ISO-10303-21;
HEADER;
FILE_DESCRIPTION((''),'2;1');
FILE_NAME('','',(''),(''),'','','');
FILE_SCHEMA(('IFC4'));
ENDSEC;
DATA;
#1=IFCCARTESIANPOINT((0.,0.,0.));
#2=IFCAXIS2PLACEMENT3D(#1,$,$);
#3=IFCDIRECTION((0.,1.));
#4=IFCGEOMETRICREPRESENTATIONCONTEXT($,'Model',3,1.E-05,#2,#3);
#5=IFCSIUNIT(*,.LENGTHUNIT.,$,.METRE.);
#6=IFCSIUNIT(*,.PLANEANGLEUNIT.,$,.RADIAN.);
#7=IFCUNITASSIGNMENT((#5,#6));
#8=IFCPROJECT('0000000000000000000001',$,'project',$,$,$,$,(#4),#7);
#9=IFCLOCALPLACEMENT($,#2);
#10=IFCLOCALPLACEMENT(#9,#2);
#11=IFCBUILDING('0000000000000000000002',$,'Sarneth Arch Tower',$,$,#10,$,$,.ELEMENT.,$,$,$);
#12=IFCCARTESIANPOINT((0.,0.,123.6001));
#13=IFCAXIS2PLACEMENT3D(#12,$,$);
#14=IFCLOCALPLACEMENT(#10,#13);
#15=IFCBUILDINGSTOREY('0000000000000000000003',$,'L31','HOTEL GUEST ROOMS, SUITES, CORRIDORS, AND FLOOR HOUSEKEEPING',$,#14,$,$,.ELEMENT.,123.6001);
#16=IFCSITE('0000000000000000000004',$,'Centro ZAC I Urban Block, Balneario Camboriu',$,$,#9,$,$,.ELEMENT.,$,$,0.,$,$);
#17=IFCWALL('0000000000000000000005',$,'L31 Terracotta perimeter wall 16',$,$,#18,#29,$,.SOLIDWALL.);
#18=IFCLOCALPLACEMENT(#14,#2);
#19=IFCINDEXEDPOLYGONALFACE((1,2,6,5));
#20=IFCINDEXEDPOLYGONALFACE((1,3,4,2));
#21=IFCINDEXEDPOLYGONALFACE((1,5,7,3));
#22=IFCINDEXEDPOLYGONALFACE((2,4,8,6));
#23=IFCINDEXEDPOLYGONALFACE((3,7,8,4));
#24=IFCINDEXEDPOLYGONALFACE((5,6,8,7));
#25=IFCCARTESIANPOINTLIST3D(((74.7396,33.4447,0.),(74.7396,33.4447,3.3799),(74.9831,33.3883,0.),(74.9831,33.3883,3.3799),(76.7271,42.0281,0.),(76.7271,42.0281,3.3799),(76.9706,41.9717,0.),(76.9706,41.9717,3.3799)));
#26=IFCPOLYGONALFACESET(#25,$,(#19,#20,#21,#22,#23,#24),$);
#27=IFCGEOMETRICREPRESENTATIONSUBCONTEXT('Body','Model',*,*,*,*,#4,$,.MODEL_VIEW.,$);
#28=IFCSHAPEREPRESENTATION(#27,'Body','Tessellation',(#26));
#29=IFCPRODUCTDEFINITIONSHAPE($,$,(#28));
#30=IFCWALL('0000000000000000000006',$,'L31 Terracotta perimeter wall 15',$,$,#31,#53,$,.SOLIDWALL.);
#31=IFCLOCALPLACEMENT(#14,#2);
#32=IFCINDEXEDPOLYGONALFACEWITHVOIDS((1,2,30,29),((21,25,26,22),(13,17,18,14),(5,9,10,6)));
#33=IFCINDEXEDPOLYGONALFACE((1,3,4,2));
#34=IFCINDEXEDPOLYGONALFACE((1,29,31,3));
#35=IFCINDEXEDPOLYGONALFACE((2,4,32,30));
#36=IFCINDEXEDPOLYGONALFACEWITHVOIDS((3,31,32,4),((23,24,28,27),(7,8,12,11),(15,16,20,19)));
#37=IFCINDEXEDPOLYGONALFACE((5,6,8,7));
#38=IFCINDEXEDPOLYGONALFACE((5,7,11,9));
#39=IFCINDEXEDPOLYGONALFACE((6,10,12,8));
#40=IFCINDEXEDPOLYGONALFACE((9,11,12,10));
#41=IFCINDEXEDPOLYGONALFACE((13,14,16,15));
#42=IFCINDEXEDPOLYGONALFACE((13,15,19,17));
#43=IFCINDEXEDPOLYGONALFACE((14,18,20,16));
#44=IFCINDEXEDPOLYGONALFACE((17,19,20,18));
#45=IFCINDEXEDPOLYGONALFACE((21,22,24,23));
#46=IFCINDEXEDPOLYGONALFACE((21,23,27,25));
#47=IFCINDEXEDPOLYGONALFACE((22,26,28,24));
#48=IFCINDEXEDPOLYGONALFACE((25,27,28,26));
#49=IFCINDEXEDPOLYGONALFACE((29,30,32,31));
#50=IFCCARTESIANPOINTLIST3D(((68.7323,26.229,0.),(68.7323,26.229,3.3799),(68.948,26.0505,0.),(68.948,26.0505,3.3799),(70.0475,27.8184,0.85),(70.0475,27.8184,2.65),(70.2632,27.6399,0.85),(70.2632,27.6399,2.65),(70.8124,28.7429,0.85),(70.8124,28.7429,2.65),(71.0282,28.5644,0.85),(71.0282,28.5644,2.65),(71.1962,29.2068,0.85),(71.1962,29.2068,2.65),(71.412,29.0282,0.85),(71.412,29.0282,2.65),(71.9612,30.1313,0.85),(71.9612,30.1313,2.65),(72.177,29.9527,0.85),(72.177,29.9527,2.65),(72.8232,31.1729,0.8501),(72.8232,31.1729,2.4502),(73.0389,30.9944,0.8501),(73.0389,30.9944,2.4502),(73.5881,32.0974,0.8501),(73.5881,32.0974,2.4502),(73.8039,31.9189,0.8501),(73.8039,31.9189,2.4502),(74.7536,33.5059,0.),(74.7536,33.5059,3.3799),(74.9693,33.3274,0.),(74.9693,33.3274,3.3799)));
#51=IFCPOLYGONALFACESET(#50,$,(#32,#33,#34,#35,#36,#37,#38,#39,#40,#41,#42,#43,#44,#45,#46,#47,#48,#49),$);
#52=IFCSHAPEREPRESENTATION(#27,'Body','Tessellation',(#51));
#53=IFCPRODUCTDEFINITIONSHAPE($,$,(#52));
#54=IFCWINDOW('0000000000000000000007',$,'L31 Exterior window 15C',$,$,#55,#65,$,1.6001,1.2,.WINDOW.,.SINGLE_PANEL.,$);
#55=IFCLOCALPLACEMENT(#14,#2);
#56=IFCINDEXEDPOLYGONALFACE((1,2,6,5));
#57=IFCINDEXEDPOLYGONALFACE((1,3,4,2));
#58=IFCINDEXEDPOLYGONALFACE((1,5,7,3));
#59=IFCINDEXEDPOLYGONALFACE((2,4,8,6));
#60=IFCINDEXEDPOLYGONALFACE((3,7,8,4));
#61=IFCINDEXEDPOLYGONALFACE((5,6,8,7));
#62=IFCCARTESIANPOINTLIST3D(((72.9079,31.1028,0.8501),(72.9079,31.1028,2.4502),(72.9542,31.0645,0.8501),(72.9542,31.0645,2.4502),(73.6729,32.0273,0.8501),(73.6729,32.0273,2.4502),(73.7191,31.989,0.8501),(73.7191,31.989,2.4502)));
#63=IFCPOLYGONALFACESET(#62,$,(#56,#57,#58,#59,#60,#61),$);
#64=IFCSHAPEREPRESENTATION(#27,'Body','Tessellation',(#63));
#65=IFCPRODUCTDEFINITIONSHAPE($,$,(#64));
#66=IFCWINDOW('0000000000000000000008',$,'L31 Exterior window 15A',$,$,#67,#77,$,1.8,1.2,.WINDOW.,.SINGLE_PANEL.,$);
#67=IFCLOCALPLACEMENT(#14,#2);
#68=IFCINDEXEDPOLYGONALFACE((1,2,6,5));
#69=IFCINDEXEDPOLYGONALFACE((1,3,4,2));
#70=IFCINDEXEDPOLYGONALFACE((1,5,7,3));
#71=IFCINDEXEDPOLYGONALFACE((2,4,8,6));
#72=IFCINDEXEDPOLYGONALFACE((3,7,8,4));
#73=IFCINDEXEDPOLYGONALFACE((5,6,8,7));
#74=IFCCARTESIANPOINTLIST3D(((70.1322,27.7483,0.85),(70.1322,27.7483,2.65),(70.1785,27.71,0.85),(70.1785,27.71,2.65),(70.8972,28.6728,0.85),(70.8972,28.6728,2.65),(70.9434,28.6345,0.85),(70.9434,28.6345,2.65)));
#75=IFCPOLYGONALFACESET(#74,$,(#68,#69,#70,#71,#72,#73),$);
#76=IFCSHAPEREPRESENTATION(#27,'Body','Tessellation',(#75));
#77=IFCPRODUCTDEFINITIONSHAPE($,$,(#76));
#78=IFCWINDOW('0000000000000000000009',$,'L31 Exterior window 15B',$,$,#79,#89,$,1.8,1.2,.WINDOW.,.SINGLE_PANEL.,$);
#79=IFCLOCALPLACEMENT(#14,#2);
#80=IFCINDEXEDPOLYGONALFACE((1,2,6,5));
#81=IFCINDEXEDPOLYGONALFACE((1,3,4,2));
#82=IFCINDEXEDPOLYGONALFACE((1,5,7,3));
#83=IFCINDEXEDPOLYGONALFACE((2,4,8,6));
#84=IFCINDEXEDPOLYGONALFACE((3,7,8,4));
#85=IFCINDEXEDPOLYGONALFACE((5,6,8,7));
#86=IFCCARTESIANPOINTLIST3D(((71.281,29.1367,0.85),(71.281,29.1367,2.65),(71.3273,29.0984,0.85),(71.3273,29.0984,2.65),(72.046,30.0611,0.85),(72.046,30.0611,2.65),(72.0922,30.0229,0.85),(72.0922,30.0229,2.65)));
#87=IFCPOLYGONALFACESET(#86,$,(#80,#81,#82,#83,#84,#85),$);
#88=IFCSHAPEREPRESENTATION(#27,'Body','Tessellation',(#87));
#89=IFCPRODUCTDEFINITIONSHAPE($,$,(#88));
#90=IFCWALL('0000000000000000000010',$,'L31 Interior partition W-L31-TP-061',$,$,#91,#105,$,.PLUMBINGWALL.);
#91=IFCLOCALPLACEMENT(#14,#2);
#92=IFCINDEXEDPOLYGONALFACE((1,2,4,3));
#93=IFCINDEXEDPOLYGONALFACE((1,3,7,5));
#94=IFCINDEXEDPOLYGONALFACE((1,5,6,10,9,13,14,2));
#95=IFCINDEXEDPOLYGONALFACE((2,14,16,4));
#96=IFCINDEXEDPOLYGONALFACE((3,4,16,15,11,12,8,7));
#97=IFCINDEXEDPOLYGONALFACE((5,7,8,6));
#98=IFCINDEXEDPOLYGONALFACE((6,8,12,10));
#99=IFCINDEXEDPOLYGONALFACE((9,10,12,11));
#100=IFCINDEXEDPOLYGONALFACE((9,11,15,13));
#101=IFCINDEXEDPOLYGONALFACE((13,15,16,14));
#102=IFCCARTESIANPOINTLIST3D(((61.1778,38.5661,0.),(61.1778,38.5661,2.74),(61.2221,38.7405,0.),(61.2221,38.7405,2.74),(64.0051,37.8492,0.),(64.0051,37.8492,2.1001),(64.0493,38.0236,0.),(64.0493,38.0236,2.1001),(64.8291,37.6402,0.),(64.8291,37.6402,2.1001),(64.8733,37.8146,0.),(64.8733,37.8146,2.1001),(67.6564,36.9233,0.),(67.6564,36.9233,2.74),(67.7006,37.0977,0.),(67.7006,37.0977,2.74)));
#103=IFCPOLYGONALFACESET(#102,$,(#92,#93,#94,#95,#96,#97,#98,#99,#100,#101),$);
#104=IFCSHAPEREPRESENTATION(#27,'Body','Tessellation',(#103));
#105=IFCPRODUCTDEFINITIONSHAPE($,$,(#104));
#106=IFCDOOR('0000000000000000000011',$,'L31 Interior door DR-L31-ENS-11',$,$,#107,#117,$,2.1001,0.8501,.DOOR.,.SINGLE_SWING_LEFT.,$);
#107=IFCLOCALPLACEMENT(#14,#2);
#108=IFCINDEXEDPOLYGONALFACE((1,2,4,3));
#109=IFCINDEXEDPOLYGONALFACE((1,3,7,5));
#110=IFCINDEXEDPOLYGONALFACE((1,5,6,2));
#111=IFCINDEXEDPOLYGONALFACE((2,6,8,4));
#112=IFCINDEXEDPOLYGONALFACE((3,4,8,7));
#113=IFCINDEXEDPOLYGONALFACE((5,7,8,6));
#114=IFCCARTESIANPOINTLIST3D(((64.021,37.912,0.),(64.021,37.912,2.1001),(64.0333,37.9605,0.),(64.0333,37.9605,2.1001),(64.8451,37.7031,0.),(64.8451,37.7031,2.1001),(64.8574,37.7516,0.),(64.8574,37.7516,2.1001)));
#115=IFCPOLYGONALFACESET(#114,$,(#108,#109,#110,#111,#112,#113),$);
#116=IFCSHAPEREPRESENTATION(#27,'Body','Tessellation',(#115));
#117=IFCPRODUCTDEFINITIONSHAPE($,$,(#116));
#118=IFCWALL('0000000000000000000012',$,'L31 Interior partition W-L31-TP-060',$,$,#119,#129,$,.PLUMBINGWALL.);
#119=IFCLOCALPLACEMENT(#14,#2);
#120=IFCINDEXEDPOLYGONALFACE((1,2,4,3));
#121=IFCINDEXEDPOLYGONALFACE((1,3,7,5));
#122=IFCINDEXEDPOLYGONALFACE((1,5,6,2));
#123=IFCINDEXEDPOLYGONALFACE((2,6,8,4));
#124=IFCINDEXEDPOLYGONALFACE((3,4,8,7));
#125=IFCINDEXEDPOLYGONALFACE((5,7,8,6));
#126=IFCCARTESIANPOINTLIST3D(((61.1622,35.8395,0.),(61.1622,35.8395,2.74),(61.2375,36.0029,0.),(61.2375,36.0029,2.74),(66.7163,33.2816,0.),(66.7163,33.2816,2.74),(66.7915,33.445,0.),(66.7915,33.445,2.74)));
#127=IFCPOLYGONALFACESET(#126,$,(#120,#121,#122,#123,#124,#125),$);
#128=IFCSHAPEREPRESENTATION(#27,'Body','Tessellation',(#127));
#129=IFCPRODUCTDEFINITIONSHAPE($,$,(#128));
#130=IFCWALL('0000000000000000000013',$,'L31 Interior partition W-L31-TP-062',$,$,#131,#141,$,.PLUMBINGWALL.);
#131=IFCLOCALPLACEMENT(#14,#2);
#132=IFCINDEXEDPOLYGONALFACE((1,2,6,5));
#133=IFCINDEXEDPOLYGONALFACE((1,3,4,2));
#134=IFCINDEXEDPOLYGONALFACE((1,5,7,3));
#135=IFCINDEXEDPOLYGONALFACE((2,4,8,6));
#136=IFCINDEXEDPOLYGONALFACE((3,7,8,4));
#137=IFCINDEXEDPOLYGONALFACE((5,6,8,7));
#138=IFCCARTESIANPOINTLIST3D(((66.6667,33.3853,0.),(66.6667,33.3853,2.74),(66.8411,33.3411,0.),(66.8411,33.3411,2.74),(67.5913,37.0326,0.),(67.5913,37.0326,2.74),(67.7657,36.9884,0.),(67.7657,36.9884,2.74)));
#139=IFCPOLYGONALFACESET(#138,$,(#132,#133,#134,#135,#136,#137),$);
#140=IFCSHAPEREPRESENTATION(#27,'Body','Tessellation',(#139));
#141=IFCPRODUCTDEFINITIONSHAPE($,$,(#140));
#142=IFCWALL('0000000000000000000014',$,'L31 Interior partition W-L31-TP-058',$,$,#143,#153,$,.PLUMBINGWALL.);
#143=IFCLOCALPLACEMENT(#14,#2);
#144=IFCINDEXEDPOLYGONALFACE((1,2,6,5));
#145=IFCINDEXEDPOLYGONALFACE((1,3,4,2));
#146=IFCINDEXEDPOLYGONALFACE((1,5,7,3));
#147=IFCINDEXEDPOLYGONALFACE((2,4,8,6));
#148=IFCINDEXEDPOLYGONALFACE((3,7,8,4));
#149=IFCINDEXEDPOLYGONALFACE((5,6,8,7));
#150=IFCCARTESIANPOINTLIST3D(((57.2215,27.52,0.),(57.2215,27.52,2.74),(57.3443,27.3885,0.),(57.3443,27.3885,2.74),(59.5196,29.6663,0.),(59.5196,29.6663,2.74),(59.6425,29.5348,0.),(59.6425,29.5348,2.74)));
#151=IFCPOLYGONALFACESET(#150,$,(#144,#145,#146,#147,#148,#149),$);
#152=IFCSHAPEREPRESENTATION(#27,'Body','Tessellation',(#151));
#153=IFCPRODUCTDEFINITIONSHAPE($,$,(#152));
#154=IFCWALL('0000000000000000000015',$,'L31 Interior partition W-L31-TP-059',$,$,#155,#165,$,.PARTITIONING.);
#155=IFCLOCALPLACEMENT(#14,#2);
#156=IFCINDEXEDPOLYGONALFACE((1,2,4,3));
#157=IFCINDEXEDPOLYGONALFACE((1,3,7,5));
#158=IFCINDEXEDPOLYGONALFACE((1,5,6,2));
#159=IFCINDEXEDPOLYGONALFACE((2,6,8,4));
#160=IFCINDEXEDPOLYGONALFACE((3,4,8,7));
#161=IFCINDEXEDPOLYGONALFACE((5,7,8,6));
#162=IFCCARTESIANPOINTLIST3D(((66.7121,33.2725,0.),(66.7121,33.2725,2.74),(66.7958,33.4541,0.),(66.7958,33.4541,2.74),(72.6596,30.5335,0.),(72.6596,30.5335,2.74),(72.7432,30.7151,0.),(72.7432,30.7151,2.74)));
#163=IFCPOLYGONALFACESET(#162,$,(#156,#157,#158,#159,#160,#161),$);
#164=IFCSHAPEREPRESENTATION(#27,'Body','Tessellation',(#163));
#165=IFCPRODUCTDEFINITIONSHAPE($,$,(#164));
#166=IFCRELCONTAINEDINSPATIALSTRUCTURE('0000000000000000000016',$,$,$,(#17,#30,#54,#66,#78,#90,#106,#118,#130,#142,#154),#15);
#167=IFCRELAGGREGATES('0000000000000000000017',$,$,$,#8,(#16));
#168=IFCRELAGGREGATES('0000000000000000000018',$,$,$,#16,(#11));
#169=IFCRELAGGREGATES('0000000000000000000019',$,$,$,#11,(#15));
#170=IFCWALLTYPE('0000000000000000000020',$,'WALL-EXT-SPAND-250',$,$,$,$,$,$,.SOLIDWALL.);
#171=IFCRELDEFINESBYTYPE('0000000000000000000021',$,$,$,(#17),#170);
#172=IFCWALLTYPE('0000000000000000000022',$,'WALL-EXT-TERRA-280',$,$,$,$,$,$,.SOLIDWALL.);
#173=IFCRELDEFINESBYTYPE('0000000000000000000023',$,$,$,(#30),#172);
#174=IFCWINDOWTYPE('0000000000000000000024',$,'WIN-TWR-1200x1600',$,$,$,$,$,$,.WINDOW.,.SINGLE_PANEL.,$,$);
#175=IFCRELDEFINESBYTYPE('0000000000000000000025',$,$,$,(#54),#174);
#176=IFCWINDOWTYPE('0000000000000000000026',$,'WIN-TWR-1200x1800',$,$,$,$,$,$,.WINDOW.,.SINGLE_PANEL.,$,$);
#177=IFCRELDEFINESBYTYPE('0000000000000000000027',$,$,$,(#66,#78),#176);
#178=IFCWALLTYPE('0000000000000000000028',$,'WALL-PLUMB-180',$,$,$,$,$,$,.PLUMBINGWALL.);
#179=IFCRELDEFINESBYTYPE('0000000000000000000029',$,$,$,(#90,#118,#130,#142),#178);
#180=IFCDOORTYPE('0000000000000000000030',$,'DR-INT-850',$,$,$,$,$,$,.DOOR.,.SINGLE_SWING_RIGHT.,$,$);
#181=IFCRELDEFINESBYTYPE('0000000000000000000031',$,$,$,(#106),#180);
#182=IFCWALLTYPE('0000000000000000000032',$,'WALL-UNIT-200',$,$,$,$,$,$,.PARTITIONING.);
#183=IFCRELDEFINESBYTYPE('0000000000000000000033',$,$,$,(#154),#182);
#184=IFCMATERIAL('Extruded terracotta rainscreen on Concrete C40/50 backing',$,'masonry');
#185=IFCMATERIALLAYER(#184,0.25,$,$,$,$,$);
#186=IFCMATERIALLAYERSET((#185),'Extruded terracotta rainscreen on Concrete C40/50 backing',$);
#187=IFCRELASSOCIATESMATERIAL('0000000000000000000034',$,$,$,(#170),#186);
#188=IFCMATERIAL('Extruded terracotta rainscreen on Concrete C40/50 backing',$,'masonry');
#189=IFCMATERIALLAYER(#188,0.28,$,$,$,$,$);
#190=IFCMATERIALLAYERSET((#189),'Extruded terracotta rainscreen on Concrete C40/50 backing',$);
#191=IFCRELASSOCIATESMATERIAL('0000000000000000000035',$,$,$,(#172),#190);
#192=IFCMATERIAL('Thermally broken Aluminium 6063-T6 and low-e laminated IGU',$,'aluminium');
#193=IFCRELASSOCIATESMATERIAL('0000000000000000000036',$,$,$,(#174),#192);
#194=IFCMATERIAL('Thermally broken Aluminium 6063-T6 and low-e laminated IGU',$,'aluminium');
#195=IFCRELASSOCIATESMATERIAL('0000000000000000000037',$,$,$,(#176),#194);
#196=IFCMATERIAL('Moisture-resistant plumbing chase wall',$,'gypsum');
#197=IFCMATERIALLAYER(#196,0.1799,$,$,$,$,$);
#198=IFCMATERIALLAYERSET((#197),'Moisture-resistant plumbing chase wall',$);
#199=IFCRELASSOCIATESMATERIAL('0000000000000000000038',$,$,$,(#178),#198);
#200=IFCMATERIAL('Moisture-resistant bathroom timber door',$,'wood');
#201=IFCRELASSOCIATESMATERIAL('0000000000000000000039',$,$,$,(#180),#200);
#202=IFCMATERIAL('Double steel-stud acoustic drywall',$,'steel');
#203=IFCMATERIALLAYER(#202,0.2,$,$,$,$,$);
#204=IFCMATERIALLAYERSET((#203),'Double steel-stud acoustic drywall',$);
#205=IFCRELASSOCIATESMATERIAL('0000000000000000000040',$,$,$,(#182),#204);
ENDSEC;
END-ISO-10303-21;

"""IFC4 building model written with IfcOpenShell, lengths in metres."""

from ifc_helpers import new_model, si_unit, direction, frame, frame_2d, origin, place, context, subcontext, project, spatial, rectangle, extrude, material, layer, layer_set, type_object, element, fill, save


model = new_model("IFC4")

# Units and contexts
model_context = context("Model", 3, precision=1e-05, world=origin(), true_north=direction((0.0, 1.0)))
body_context = subcontext(model_context, "Body", "Model", "MODEL_VIEW")
ifc_project = project(units=[si_unit("LENGTHUNIT", "METRE"), si_unit("PLANEANGLEUNIT", "RADIAN")], contexts=[model_context])

# Site, building, storey
site_placement = place(None, origin())
site = spatial("IfcSite", under=ifc_project, at=site_placement, Name="Centro ZAC I Urban Block, Balneario Camboriu", CompositionType="ELEMENT", RefElevation=0.0)
building_placement = place(site_placement, origin())
building = spatial("IfcBuilding", under=site, at=building_placement, Name="Sarneth Arch Tower", CompositionType="ELEMENT")
storey_placement = place(building_placement, frame((0.0, 0.0, 123.6001)))
storey = spatial("IfcBuildingStorey", under=building, at=storey_placement, Name="L31", Description="HOTEL GUEST ROOMS, SUITES, CORRIDORS, AND FLOOR HOUSEKEEPING", CompositionType="ELEMENT", Elevation=123.6001)

# Wall
ifc_material_1 = material(Name="Extruded terracotta rainscreen on Concrete C40/50 backing", Category="masonry")
ifc_layer_1 = layer(ifc_material_1, 0.25)
ifc_layer_set_1 = layer_set([ifc_layer_1], Name="Extruded terracotta rainscreen on Concrete C40/50 backing")
wall_type_1 = type_object("IfcWallType", Name="WALL-EXT-SPAND-250", PredefinedType="SOLIDWALL", material=ifc_layer_set_1)
wall_1_placement = place(storey_placement, frame((74.8613, 33.4165, 0.0), z_axis=(0.0, 0.0, 1.0), x_axis=(0.225586, 0.974223, 0.0)))
element("IfcWall", 1, at=wall_1_placement, inside=storey, type_object=wall_type_1, Name="L31 Terracotta perimeter wall 16", PredefinedType="SOLIDWALL", context=body_context, shape_type="SweptSolid", body=[
    extrude(rectangle(XDim=8.8105, YDim=0.25, at=frame_2d((4.4053, 0.0))), origin(), (0.0, 0.0, 1.0), 3.3799),
])

# Wall, openings, windows
ifc_material_2 = material(Name="Extruded terracotta rainscreen on Concrete C40/50 backing", Category="masonry")
ifc_layer_2 = layer(ifc_material_2, 0.28)
ifc_layer_set_2 = layer_set([ifc_layer_2], Name="Extruded terracotta rainscreen on Concrete C40/50 backing")
wall_type_2 = type_object("IfcWallType", Name="WALL-EXT-TERRA-280", PredefinedType="SOLIDWALL", material=ifc_layer_set_2)
wall_2_placement = place(storey_placement, frame((68.8401, 26.1396, 0.0), z_axis=(0.0, 0.0, 1.0), x_axis=(0.637506, 0.770446, 0.0)))
wall_2 = element("IfcWall", 2, at=wall_2_placement, inside=storey, type_object=wall_type_2, Name="L31 Terracotta perimeter wall 15", PredefinedType="SOLIDWALL", context=body_context, shape_type="SweptSolid", body=[
    extrude(rectangle(XDim=9.4451, YDim=0.28, at=frame_2d((4.7227, 0.0))), origin(), (0.0, 0.0, 1.0), 3.3799),
])
opening_1_placement = place(wall_2_placement, frame((2.063, 0.0, 0.8501)))
opening_1 = element("IfcOpeningElement", 3, at=opening_1_placement, cuts=wall_2, PredefinedType="OPENING", context=body_context, shape_type="SweptSolid", body=[
    extrude(rectangle(XDim=1.2, YDim=1.8, at=frame_2d((0.6001, 0.8999))), frame((0.0, 0.1499, 0.0), z_axis=(0.0, -1.0, 0.0), x_axis=(1.0, 0.0, 0.0)), (0.0, 0.0, 1.0), 0.3),
])
opening_2_placement = place(wall_2_placement, frame((3.865, 0.0, 0.8501)))
opening_2 = element("IfcOpeningElement", 4, at=opening_2_placement, cuts=wall_2, PredefinedType="OPENING", context=body_context, shape_type="SweptSolid", body=[
    extrude(rectangle(XDim=1.2, YDim=1.8, at=frame_2d((0.6001, 0.8999))), frame((0.0, 0.1499, 0.0), z_axis=(0.0, -1.0, 0.0), x_axis=(1.0, 0.0, 0.0)), (0.0, 0.0, 1.0), 0.3),
])
opening_3_placement = place(wall_2_placement, frame((6.417, 0.0, 0.8501)))
opening_3 = element("IfcOpeningElement", 5, at=opening_3_placement, cuts=wall_2, PredefinedType="OPENING", context=body_context, shape_type="SweptSolid", body=[
    extrude(rectangle(XDim=1.2, YDim=1.6001, at=frame_2d((0.6001, 0.8))), frame((0.0, 0.1499, 0.0), z_axis=(0.0, -1.0, 0.0), x_axis=(1.0, 0.0, 0.0)), (0.0, 0.0, 1.0), 0.3),
])
ifc_material_3 = material(Name="Thermally broken Aluminium 6063-T6 and low-e laminated IGU", Category="aluminium")
window_type_1 = type_object("IfcWindowType", Name="WIN-TWR-1200x1600", PartitioningType="SINGLE_PANEL", PredefinedType="WINDOW", material=ifc_material_3)
window_1_placement = place(opening_3_placement, origin())
window_1 = element("IfcWindow", 6, at=window_1_placement, inside=storey, type_object=window_type_1, Name="L31 Exterior window 15C", OverallHeight=1.6001, OverallWidth=1.2, PartitioningType="SINGLE_PANEL", PredefinedType="WINDOW", context=body_context, shape_type="SweptSolid", body=[
    extrude(rectangle(XDim=1.2, YDim=1.6001, at=frame_2d((0.6001, 0.8))), frame((0.0, 0.03, 0.0), z_axis=(0.0, -1.0, 0.0), x_axis=(1.0, 0.0, 0.0)), (0.0, 0.0, 1.0), 0.0601),
])
fill(opening_3, window_1)
ifc_material_4 = material(Name="Thermally broken Aluminium 6063-T6 and low-e laminated IGU", Category="aluminium")
window_type_2 = type_object("IfcWindowType", Name="WIN-TWR-1200x1800", PartitioningType="SINGLE_PANEL", PredefinedType="WINDOW", material=ifc_material_4)
window_2_placement = place(opening_1_placement, origin())
window_2 = element("IfcWindow", 7, at=window_2_placement, inside=storey, type_object=window_type_2, Name="L31 Exterior window 15A", OverallHeight=1.8, OverallWidth=1.2, PartitioningType="SINGLE_PANEL", PredefinedType="WINDOW", context=body_context, shape_type="SweptSolid", body=[
    extrude(rectangle(XDim=1.2, YDim=1.8, at=frame_2d((0.6001, 0.8999))), frame((0.0, 0.03, 0.0), z_axis=(0.0, -1.0, 0.0), x_axis=(1.0, 0.0, 0.0)), (0.0, 0.0, 1.0), 0.0601),
])
fill(opening_1, window_2)
window_3_placement = place(opening_2_placement, origin())
window_3 = element("IfcWindow", 8, at=window_3_placement, inside=storey, type_object=window_type_2, Name="L31 Exterior window 15B", OverallHeight=1.8, OverallWidth=1.2, PartitioningType="SINGLE_PANEL", PredefinedType="WINDOW", context=body_context, shape_type="SweptSolid", body=[
    extrude(rectangle(XDim=1.2, YDim=1.8, at=frame_2d((0.6001, 0.8999))), frame((0.0, 0.03, 0.0), z_axis=(0.0, -1.0, 0.0), x_axis=(1.0, 0.0, 0.0)), (0.0, 0.0, 1.0), 0.0601),
])
fill(opening_2, window_3)

# Wall, opening, door
ifc_material_5 = material(Name="Moisture-resistant plumbing chase wall", Category="gypsum")
ifc_layer_3 = layer(ifc_material_5, 0.1799)
ifc_layer_set_3 = layer_set([ifc_layer_3], Name="Moisture-resistant plumbing chase wall")
wall_type_3 = type_object("IfcWallType", Name="WALL-PLUMB-180", PredefinedType="PLUMBINGWALL", material=ifc_layer_set_3)
wall_3_placement = place(storey_placement, frame((61.2, 38.6533, 0.0), z_axis=(0.0, 0.0, 1.0), x_axis=(0.96932, -0.2458, 0.0)))
wall_3 = element("IfcWall", 9, at=wall_3_placement, inside=storey, type_object=wall_type_3, Name="L31 Interior partition W-L31-TP-061", PredefinedType="PLUMBINGWALL", context=body_context, shape_type="SweptSolid", body=[
    extrude(rectangle(XDim=6.6836, YDim=0.1799, at=frame_2d((3.3418, 0.0))), origin(), (0.0, 0.0, 1.0), 2.74),
])
opening_4_placement = place(wall_3_placement, frame((2.9167, 0.0, 0.0)))
opening_4 = element("IfcOpeningElement", 10, at=opening_4_placement, cuts=wall_3, PredefinedType="OPENING", context=body_context, shape_type="SweptSolid", body=[
    extrude(rectangle(XDim=0.8501, YDim=2.1001, at=frame_2d((0.425, 1.05))), frame((0.0, 0.0999, 0.0), z_axis=(0.0, -1.0, 0.0), x_axis=(1.0, 0.0, 0.0)), (0.0, 0.0, 1.0), 0.2),
])
ifc_material_6 = material(Name="Moisture-resistant bathroom timber door", Category="wood")
door_type = type_object("IfcDoorType", Name="DR-INT-850", OperationType="SINGLE_SWING_RIGHT", PredefinedType="DOOR", material=ifc_material_6)
door_placement = place(opening_4_placement, origin())
door = element("IfcDoor", 11, at=door_placement, inside=storey, type_object=door_type, Name="L31 Interior door DR-L31-ENS-11", OperationType="SINGLE_SWING_LEFT", OverallHeight=2.1001, OverallWidth=0.8501, PredefinedType="DOOR", context=body_context, shape_type="SweptSolid", body=[
    extrude(rectangle(XDim=0.8501, YDim=2.1001, at=frame_2d((0.425, 1.05))), frame((0.0, 0.0249, 0.0), z_axis=(0.0, -1.0, 0.0), x_axis=(1.0, 0.0, 0.0)), (0.0, 0.0, 1.0), 0.05),
])
fill(opening_4, door)

# Walls
wall_4_placement = place(storey_placement, frame((66.7539, 33.3633, 0.0), z_axis=(0.0, 0.0, 1.0), x_axis=(-0.908301, 0.418316, 0.0)))
element("IfcWall", 12, at=wall_4_placement, inside=storey, type_object=wall_type_3, Name="L31 Interior partition W-L31-TP-060", PredefinedType="PLUMBINGWALL", context=body_context, shape_type="SweptSolid", body=[
    extrude(rectangle(XDim=6.1147, YDim=0.1799, at=frame_2d((3.0574, 0.0))), origin(), (0.0, 0.0, 1.0), 2.74),
])
wall_5_placement = place(storey_placement, frame((67.6785, 37.0105, 0.0), z_axis=(0.0, 0.0, 1.0), x_axis=(-0.245725, -0.96934, 0.0)))
element("IfcWall", 13, at=wall_5_placement, inside=storey, type_object=wall_type_3, Name="L31 Interior partition W-L31-TP-062", PredefinedType="PLUMBINGWALL", context=body_context, shape_type="SweptSolid", body=[
    extrude(rectangle(XDim=3.7627, YDim=0.1799, at=frame_2d((1.8813, 0.0))), origin(), (0.0, 0.0, 1.0), 2.74),
])
wall_6_placement = place(storey_placement, frame((59.5811, 29.6006, 0.0), z_axis=(0.0, 0.0, 1.0), x_axis=(-0.730841, -0.682548, 0.0)))
element("IfcWall", 14, at=wall_6_placement, inside=storey, type_object=wall_type_3, Name="L31 Interior partition W-L31-TP-058", PredefinedType="PLUMBINGWALL", context=body_context, shape_type="SweptSolid", body=[
    extrude(rectangle(XDim=3.1445, YDim=0.1799, at=frame_2d((1.5723, 0.0))), origin(), (0.0, 0.0, 1.0), 2.74),
])
ifc_material_7 = material(Name="Double steel-stud acoustic drywall", Category="steel")
ifc_layer_4 = layer(ifc_material_7, 0.2)
ifc_layer_set_4 = layer_set([ifc_layer_4], Name="Double steel-stud acoustic drywall")
wall_type_4 = type_object("IfcWallType", Name="WALL-UNIT-200", PredefinedType="PARTITIONING", material=ifc_layer_set_4)
wall_7_placement = place(storey_placement, frame((72.7014, 30.6243, 0.0), z_axis=(0.0, 0.0, 1.0), x_axis=(-0.908307, 0.418304, 0.0)))
element("IfcWall", 15, at=wall_7_placement, inside=storey, type_object=wall_type_4, Name="L31 Interior partition W-L31-TP-059", PredefinedType="PARTITIONING", context=body_context, shape_type="SweptSolid", body=[
    extrude(rectangle(XDim=6.5479, YDim=0.2, at=frame_2d((3.2739, 0.0))), origin(), (0.0, 0.0, 1.0), 2.74),
])

save(model, "model.ifc")
